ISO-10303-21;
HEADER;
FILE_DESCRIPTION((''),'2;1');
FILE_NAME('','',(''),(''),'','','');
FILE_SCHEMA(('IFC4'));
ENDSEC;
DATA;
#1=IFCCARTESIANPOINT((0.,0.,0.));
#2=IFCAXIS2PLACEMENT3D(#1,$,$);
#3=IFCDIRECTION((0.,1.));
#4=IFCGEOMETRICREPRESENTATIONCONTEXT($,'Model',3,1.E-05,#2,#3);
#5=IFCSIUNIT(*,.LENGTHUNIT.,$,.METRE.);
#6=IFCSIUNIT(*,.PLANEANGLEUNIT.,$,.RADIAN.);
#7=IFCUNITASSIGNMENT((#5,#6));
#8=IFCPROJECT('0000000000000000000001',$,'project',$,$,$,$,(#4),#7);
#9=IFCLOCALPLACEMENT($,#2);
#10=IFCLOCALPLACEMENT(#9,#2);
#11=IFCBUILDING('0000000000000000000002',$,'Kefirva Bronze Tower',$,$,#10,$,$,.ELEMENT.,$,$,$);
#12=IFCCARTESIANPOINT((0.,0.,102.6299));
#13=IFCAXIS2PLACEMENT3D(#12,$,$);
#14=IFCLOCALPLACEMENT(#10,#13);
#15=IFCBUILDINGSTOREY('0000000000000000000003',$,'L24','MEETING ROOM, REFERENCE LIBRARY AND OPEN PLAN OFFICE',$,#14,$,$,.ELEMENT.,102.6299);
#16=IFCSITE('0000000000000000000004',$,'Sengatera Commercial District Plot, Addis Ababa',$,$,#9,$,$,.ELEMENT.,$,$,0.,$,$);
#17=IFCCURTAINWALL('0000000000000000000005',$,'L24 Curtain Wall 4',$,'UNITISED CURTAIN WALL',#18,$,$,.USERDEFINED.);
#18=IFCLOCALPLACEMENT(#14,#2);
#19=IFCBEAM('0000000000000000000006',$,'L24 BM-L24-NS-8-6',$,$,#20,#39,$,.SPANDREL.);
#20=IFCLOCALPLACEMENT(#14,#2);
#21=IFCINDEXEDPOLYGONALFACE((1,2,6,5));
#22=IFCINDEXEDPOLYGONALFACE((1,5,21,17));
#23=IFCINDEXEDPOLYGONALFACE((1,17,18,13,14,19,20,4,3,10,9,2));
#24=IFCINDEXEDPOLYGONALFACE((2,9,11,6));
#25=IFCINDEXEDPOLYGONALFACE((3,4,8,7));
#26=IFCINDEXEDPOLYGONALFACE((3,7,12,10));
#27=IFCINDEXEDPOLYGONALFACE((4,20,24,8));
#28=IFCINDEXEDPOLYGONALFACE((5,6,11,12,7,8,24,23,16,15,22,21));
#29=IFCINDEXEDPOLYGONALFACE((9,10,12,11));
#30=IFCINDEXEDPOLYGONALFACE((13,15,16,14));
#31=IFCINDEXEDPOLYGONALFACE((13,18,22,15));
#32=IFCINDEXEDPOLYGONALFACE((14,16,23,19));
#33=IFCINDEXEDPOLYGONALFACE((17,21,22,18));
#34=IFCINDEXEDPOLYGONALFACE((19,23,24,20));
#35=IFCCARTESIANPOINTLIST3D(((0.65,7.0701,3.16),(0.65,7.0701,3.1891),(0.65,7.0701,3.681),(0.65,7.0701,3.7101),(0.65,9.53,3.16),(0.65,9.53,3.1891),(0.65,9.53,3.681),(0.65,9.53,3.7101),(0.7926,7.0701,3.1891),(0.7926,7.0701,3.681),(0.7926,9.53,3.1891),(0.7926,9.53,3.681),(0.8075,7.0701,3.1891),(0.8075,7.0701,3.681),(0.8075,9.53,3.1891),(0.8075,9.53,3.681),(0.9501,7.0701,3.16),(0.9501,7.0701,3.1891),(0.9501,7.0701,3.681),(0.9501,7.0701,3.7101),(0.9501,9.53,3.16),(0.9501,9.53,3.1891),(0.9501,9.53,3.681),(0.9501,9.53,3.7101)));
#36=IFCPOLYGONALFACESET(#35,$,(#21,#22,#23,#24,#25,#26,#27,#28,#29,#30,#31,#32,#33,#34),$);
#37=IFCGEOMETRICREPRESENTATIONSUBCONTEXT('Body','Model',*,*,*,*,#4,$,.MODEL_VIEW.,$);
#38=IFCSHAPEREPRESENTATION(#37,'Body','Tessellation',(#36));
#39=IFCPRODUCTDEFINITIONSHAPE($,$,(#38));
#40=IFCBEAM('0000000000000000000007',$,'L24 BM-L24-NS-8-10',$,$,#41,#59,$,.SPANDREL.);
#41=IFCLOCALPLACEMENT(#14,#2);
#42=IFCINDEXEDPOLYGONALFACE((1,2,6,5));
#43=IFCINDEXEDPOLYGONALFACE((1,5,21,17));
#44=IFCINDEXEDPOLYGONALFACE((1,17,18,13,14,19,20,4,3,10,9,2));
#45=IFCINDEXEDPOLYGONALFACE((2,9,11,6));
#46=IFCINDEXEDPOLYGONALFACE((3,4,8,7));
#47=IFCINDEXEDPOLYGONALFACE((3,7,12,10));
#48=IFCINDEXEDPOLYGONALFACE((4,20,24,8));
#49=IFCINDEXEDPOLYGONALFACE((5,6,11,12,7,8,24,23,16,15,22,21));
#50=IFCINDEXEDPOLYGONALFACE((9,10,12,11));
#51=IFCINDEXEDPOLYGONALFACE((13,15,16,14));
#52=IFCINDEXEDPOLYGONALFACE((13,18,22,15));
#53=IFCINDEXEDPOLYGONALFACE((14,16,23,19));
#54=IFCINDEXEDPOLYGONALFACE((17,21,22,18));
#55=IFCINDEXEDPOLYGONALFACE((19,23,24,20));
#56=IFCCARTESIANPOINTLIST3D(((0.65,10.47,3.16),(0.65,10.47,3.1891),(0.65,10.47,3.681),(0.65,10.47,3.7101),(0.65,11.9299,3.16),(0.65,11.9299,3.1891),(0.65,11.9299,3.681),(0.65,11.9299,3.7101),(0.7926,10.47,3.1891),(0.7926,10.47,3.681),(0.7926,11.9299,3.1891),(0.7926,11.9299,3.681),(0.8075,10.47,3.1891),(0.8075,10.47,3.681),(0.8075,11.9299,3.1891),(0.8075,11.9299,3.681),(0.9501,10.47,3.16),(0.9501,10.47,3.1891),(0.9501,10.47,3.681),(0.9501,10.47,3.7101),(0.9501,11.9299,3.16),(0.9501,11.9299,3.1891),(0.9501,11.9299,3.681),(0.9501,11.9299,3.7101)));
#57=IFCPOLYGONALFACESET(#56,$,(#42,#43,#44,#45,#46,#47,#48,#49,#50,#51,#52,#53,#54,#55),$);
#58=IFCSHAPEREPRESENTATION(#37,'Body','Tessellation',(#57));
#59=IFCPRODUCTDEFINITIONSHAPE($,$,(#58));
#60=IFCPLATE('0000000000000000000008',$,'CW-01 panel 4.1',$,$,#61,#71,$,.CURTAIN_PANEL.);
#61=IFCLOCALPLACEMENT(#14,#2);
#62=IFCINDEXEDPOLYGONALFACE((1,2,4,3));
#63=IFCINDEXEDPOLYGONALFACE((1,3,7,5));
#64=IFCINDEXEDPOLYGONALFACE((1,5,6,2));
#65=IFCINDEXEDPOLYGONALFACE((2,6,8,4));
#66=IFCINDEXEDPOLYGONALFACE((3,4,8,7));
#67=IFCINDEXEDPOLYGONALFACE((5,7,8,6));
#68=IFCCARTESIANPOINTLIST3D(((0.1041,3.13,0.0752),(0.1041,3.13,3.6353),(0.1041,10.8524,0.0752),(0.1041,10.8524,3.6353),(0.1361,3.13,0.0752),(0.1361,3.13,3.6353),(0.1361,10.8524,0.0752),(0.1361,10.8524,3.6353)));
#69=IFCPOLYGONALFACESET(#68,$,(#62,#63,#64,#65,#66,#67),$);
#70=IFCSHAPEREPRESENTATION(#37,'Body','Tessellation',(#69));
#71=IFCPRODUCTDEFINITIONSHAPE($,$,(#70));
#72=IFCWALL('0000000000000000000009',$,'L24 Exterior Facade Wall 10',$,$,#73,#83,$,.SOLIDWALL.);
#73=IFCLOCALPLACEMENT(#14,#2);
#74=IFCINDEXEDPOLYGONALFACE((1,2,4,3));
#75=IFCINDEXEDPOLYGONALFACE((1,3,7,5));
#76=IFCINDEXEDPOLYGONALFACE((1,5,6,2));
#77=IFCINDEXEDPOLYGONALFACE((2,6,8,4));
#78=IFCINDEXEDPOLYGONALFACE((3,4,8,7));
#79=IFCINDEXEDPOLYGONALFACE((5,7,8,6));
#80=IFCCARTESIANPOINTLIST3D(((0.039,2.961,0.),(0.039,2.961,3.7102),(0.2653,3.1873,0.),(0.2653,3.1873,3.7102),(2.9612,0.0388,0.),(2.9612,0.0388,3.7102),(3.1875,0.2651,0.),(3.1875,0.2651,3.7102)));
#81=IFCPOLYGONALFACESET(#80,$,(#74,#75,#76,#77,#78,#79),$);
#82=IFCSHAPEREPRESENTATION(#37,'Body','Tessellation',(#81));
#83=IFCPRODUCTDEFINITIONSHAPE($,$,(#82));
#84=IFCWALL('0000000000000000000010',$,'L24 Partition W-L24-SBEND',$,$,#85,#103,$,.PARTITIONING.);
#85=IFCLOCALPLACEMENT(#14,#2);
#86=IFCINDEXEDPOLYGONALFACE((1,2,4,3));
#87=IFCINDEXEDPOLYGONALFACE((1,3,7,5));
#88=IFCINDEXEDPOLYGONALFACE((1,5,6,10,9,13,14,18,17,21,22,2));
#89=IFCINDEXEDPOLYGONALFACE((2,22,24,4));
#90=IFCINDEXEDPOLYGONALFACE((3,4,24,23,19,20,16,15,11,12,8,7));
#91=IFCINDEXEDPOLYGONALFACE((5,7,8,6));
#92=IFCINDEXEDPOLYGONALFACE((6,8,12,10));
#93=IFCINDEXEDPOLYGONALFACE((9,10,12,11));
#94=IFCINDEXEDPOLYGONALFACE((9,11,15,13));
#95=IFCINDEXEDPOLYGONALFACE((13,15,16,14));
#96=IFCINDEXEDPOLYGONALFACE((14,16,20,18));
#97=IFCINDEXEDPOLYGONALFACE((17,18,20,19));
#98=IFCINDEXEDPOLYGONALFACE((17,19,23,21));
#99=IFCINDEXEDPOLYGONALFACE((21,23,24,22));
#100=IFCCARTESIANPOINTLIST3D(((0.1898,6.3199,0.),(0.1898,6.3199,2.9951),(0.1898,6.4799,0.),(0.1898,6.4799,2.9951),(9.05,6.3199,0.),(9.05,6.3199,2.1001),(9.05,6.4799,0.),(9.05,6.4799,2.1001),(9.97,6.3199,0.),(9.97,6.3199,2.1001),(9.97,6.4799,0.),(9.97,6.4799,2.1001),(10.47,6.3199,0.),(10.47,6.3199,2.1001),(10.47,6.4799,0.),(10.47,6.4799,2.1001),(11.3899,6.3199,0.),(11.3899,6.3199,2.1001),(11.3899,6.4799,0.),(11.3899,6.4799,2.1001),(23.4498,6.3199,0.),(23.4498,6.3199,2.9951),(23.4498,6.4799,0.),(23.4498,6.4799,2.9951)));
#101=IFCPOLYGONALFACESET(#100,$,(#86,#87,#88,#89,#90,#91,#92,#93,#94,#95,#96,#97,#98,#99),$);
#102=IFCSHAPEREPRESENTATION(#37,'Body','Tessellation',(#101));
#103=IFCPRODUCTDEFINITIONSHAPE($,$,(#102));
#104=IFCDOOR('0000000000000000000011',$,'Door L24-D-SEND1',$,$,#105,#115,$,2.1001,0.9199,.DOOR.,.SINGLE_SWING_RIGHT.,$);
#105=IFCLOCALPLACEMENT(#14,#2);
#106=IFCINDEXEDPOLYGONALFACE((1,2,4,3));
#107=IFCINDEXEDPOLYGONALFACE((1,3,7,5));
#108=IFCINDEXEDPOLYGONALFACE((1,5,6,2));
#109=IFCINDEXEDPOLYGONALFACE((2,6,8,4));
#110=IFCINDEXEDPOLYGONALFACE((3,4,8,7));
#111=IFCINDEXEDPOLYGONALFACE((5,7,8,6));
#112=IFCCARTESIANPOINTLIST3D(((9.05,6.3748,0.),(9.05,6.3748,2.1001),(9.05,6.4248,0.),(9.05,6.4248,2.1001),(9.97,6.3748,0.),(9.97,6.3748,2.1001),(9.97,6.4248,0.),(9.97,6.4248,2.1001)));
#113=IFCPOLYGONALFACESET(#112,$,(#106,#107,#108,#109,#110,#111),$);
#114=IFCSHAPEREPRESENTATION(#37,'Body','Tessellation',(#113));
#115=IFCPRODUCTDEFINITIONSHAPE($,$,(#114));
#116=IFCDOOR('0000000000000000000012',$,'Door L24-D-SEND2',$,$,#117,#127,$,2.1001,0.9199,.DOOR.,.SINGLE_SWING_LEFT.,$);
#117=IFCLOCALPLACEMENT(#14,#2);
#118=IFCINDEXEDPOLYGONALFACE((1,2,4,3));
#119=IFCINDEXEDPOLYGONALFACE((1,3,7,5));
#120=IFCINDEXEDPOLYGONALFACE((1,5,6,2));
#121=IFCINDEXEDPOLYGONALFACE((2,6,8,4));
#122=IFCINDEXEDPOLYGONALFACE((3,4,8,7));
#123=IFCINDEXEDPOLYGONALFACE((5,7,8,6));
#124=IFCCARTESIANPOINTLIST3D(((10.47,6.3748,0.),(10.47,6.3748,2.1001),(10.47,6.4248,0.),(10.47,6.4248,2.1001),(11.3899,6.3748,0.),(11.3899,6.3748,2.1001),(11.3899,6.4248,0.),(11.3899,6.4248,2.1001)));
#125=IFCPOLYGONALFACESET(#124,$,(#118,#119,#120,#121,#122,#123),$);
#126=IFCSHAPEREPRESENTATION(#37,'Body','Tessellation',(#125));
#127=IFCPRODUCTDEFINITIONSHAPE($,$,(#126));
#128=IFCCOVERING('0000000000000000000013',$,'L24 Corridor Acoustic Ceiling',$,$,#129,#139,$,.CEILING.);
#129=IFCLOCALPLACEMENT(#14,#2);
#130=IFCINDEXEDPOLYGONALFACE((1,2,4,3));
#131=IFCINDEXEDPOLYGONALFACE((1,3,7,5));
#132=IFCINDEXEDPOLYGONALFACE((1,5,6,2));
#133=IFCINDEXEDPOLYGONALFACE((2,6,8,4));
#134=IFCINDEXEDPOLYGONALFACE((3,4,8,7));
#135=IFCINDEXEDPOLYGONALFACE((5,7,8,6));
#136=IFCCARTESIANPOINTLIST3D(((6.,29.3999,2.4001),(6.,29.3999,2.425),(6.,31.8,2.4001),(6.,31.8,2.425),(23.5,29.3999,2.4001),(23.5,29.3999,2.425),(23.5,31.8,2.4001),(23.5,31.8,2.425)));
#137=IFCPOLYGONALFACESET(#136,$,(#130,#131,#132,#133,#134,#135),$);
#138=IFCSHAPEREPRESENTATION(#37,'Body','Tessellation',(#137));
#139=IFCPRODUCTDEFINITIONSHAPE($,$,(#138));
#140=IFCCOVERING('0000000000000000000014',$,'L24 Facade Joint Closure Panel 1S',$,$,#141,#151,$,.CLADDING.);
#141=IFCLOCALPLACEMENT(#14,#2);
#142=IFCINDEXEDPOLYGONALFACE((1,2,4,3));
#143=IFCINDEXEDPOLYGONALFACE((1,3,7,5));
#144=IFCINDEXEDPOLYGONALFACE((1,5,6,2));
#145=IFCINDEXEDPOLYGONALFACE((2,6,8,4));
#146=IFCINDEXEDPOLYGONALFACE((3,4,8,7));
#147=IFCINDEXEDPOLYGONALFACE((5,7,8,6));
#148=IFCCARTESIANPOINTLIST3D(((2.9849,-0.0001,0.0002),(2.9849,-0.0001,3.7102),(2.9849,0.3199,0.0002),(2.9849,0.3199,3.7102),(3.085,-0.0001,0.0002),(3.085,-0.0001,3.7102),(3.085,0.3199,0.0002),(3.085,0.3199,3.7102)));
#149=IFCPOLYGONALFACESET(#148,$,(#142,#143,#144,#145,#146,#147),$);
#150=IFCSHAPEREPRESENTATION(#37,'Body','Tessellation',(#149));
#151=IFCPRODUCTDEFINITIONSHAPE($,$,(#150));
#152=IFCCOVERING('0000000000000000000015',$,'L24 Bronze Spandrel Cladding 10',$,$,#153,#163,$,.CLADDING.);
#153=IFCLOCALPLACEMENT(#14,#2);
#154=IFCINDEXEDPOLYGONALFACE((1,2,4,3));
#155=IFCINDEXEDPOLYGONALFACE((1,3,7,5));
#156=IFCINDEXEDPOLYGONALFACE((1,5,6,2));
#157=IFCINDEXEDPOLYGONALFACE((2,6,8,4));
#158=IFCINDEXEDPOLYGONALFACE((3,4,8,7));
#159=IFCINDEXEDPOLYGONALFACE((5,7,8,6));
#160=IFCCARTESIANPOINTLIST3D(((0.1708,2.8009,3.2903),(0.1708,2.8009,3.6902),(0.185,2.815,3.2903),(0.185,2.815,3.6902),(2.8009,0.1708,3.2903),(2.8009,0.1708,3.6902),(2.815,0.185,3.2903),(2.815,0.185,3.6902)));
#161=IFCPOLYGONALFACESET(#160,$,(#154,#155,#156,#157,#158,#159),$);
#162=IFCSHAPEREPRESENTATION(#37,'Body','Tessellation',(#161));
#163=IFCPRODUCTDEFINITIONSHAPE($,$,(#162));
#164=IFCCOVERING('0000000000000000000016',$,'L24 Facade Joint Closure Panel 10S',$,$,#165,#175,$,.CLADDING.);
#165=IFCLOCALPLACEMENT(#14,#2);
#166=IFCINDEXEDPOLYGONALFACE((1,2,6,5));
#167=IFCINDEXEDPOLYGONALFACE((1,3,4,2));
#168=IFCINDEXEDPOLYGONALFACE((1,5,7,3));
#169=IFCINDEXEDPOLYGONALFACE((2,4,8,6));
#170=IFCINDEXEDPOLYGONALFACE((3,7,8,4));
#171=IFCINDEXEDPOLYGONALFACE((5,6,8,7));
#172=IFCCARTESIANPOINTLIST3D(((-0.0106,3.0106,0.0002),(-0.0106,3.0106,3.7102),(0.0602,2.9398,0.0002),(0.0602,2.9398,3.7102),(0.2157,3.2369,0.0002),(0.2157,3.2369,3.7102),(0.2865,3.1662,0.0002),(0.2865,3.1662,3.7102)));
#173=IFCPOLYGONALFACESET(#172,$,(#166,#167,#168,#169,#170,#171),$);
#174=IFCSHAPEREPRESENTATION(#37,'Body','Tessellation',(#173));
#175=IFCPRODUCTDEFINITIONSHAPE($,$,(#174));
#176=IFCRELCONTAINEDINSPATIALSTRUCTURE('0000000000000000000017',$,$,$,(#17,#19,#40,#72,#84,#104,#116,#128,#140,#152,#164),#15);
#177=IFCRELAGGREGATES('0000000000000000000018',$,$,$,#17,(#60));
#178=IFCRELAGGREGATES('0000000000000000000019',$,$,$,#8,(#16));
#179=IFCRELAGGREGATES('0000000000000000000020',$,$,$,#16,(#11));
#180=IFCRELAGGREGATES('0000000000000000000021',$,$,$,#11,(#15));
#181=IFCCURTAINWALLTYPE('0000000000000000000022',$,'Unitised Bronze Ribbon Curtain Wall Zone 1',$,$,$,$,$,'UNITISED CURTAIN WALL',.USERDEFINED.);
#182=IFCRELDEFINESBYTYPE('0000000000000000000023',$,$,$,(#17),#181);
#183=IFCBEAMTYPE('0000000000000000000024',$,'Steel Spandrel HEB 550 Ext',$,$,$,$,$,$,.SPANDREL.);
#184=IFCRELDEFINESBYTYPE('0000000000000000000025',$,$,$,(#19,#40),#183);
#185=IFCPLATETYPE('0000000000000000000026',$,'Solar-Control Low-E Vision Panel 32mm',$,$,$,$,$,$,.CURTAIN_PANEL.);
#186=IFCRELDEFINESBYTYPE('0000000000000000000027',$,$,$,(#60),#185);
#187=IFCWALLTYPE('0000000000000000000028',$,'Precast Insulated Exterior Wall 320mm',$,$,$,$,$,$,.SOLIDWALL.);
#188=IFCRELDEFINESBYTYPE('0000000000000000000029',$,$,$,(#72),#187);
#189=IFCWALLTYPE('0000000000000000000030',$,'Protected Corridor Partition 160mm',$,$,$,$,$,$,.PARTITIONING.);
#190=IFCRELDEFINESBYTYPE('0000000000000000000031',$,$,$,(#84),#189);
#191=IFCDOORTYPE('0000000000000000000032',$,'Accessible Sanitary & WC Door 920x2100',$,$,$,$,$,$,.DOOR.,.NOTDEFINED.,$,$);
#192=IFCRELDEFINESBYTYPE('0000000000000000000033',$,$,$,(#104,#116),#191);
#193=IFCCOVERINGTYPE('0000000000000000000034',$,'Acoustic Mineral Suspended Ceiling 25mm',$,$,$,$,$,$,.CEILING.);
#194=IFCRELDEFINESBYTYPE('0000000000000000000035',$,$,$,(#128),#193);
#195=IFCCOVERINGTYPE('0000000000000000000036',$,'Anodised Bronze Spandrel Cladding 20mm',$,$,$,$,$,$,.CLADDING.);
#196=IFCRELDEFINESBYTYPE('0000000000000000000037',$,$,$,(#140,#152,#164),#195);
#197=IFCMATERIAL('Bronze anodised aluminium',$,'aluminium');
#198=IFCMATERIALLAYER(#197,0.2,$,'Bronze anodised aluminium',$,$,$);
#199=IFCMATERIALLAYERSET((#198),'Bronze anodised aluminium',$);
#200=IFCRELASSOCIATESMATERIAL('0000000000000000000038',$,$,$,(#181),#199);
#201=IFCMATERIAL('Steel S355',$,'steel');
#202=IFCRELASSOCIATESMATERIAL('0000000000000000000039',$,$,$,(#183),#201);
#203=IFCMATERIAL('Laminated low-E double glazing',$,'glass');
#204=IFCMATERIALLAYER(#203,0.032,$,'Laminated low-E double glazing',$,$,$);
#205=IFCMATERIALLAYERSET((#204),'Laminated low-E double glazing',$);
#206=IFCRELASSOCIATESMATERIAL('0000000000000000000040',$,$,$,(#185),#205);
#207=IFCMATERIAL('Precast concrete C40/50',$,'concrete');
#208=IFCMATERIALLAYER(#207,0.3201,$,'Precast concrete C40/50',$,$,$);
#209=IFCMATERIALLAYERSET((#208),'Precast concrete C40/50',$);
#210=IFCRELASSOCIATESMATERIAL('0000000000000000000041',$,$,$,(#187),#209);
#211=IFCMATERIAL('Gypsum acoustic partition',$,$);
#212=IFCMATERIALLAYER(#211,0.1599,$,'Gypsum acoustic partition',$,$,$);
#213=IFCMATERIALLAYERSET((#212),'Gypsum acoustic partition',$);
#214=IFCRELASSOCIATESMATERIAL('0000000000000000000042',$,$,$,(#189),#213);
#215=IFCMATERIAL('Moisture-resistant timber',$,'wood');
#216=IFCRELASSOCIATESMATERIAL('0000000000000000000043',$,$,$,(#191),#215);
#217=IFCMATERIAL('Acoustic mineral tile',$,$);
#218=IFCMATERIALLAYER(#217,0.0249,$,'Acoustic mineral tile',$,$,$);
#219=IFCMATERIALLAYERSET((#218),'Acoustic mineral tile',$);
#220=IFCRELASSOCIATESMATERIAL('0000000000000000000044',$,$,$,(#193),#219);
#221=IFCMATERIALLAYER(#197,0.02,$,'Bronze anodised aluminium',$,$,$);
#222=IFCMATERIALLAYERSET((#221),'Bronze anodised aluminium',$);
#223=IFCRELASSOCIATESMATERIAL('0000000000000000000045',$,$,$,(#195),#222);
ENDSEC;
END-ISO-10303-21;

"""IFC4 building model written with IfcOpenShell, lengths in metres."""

from ifc_helpers import new_model, si_unit, direction, frame, frame_2d, origin, origin_2d, place, context, subcontext, project, spatial, polyline, rectangle, i_section, outline, extrude, material, layer, layer_set, material_profile, profile_set, type_object, element, fill, aggregate, save


model = new_model("IFC4")

# Units and contexts
model_context = context("Model", 3, precision=1e-05, world=origin(), true_north=direction((0.0, 1.0)))
body_context = subcontext(model_context, "Body", "Model", "MODEL_VIEW")
ifc_project = project(units=[si_unit("LENGTHUNIT", "METRE"), si_unit("PLANEANGLEUNIT", "RADIAN")], contexts=[model_context])

# Site, building, storey
site_placement = place(None, origin())
site = spatial("IfcSite", under=ifc_project, at=site_placement, Name="Sengatera Commercial District Plot, Addis Ababa", CompositionType="ELEMENT", RefElevation=0.0)
building_placement = place(site_placement, origin())
building = spatial("IfcBuilding", under=site, at=building_placement, Name="Kefirva Bronze Tower", CompositionType="ELEMENT")
storey_placement = place(building_placement, frame((0.0, 0.0, 102.6299)))
storey = spatial("IfcBuildingStorey", under=building, at=storey_placement, Name="L24", Description="MEETING ROOM, REFERENCE LIBRARY AND OPEN PLAN OFFICE", CompositionType="ELEMENT", Elevation=102.6299)

# Curtain wall
ifc_material_1 = material(Name="Bronze anodised aluminium", Category="aluminium")
ifc_layer_1 = layer(ifc_material_1, 0.2, Name="Bronze anodised aluminium")
ifc_layer_set_1 = layer_set([ifc_layer_1], Name="Bronze anodised aluminium")
curtain_wall_type = type_object("IfcCurtainWallType", Name="Unitised Bronze Ribbon Curtain Wall Zone 1", ElementType="UNITISED CURTAIN WALL", PredefinedType="USERDEFINED", material=ifc_layer_set_1)
curtain_wall_placement = place(storey_placement, origin())
curtain_wall = element("IfcCurtainWall", 1, at=curtain_wall_placement, inside=storey, type_object=curtain_wall_type, Name="L24 Curtain Wall 4", ObjectType="UNITISED CURTAIN WALL", PredefinedType="USERDEFINED")

# Beams
ifc_material_2 = material(Name="Steel S355", Category="steel")
ifc_material_profile_1 = material_profile(ifc_material_2, i_section(OverallWidth=0.3, OverallDepth=0.55, WebThickness=0.0149, FlangeThickness=0.0291, at=origin_2d()), Name="HEB 550")
ifc_profile_set_1 = profile_set([ifc_material_profile_1], Name="Steel S355")
beam_type_1 = type_object("IfcBeamType", Name="Steel Spandrel HEB 550 Ext", PredefinedType="SPANDREL", material=ifc_profile_set_1)
beam_1_placement = place(storey_placement, frame((0.8, 7.0701, 3.4351), z_axis=(0.0, 1.0, 0.0), x_axis=(-1.0, 0.0, 0.0)))
element("IfcBeam", 2, at=beam_1_placement, inside=storey, type_object=beam_type_1, Name="L24 BM-L24-NS-8-6", PredefinedType="SPANDREL", context=body_context, shape_type="SweptSolid", body=[
    extrude(i_section(OverallWidth=0.3, OverallDepth=0.55, WebThickness=0.0149, FlangeThickness=0.0291, at=origin_2d()), origin(), (0.0, 0.0, 1.0), 2.46),
])
beam_2_placement = place(storey_placement, frame((0.8, 10.47, 3.4351), z_axis=(0.0, 1.0, 0.0), x_axis=(-1.0, 0.0, 0.0)))
element("IfcBeam", 3, at=beam_2_placement, inside=storey, type_object=beam_type_1, Name="L24 BM-L24-NS-8-10", PredefinedType="SPANDREL", context=body_context, shape_type="SweptSolid", body=[
    extrude(i_section(OverallWidth=0.3, OverallDepth=0.55, WebThickness=0.0149, FlangeThickness=0.0291, at=origin_2d()), origin(), (0.0, 0.0, 1.0), 1.46),
])

# Plate
ifc_material_3 = material(Name="Laminated low-E double glazing", Category="glass")
ifc_layer_2 = layer(ifc_material_3, 0.032, Name="Laminated low-E double glazing")
ifc_layer_set_2 = layer_set([ifc_layer_2], Name="Laminated low-E double glazing")
plate_type = type_object("IfcPlateType", Name="Solar-Control Low-E Vision Panel 32mm", PredefinedType="CURTAIN_PANEL", material=ifc_layer_set_2)
plate_placement = place(storey_placement, frame((0.1201, 6.9912, 0.0752), z_axis=(0.0, 0.0, 1.0), x_axis=(0.0, -1.0, 0.0)))
plate = element("IfcPlate", 4, at=plate_placement, type_object=plate_type, Name="CW-01 panel 4.1", PredefinedType="CURTAIN_PANEL", context=body_context, shape_type="SweptSolid", body=[
    extrude(rectangle(XDim=7.7224, YDim=0.032, at=origin_2d()), origin(), (0.0, 0.0, 1.0), 3.5601),
])
aggregate(curtain_wall, [plate])

# Wall
ifc_material_4 = material(Name="Precast concrete C40/50", Category="concrete")
ifc_layer_3 = layer(ifc_material_4, 0.3201, Name="Precast concrete C40/50")
ifc_layer_set_3 = layer_set([ifc_layer_3], Name="Precast concrete C40/50")
wall_type_1 = type_object("IfcWallType", Name="Precast Insulated Exterior Wall 320mm", PredefinedType="SOLIDWALL", material=ifc_layer_set_3)
wall_1_placement = place(storey_placement, frame((0.1521, 3.0742, 0.0), z_axis=(0.0, 0.0, 1.0), x_axis=(0.707107, -0.707107, 0.0)))
element("IfcWall", 5, at=wall_1_placement, inside=storey, type_object=wall_type_1, Name="L24 Exterior Facade Wall 10", PredefinedType="SOLIDWALL", context=body_context, shape_type="SweptSolid", body=[
    extrude(rectangle(XDim=4.1326, YDim=0.3201, at=frame_2d((2.0664, 0.0))), origin(), (0.0, 0.0, 1.0), 3.7102),
])

# Wall, openings, doors
ifc_material_5 = material(Name="Gypsum acoustic partition")
ifc_layer_4 = layer(ifc_material_5, 0.1599, Name="Gypsum acoustic partition")
ifc_layer_set_4 = layer_set([ifc_layer_4], Name="Gypsum acoustic partition")
wall_type_2 = type_object("IfcWallType", Name="Protected Corridor Partition 160mm", PredefinedType="PARTITIONING", material=ifc_layer_set_4)
wall_2_placement = place(storey_placement, frame((0.1899, 6.3999, 0.0), z_axis=(0.0, 0.0, 1.0), x_axis=(1.0, 0.0, 0.0)))
wall_2 = element("IfcWall", 6, at=wall_2_placement, inside=storey, type_object=wall_type_2, Name="L24 Partition W-L24-SBEND", PredefinedType="PARTITIONING", context=body_context, shape_type="SweptSolid", body=[
    extrude(rectangle(XDim=23.26, YDim=0.1599, at=frame_2d((11.6299, 0.0))), origin(), (0.0, 0.0, 1.0), 2.9951),
])
opening_1_placement = place(wall_2_placement, frame((8.8601, 0.0, 0.0)))
opening_1 = element("IfcOpeningElement", 7, at=opening_1_placement, cuts=wall_2, PredefinedType="OPENING", context=body_context, shape_type="SweptSolid", body=[
    extrude(rectangle(XDim=0.9199, YDim=2.1001, at=frame_2d((0.46, 1.05))), frame((0.0, 0.0898, 0.0), z_axis=(0.0, -1.0, 0.0), x_axis=(1.0, 0.0, 0.0)), (0.0, 0.0, 1.0), 0.1799),
])
opening_2_placement = place(wall_2_placement, frame((10.28, 0.0, 0.0)))
opening_2 = element("IfcOpeningElement", 8, at=opening_2_placement, cuts=wall_2, PredefinedType="OPENING", context=body_context, shape_type="SweptSolid", body=[
    extrude(rectangle(XDim=0.9199, YDim=2.1001, at=frame_2d((0.46, 1.05))), frame((0.0, 0.0898, 0.0), z_axis=(0.0, -1.0, 0.0), x_axis=(1.0, 0.0, 0.0)), (0.0, 0.0, 1.0), 0.1799),
])
ifc_material_6 = material(Name="Moisture-resistant timber", Category="wood")
door_type = type_object("IfcDoorType", Name="Accessible Sanitary & WC Door 920x2100", OperationType="NOTDEFINED", PredefinedType="DOOR", material=ifc_material_6)
door_1_placement = place(opening_1_placement, origin())
door_1 = element("IfcDoor", 9, at=door_1_placement, inside=storey, type_object=door_type, Name="Door L24-D-SEND1", OperationType="SINGLE_SWING_RIGHT", OverallHeight=2.1001, OverallWidth=0.9199, PredefinedType="DOOR", context=body_context, shape_type="SweptSolid", body=[
    extrude(rectangle(XDim=0.9199, YDim=2.1001, at=frame_2d((0.46, 1.05))), frame((0.0, 0.0249, 0.0), z_axis=(0.0, -1.0, 0.0), x_axis=(1.0, 0.0, 0.0)), (0.0, 0.0, 1.0), 0.05),
])
fill(opening_1, door_1)
door_2_placement = place(opening_2_placement, origin())
door_2 = element("IfcDoor", 10, at=door_2_placement, inside=storey, type_object=door_type, Name="Door L24-D-SEND2", OperationType="SINGLE_SWING_LEFT", OverallHeight=2.1001, OverallWidth=0.9199, PredefinedType="DOOR", context=body_context, shape_type="SweptSolid", body=[
    extrude(rectangle(XDim=0.9199, YDim=2.1001, at=frame_2d((0.46, 1.05))), frame((0.0, 0.0249, 0.0), z_axis=(0.0, -1.0, 0.0), x_axis=(1.0, 0.0, 0.0)), (0.0, 0.0, 1.0), 0.05),
])
fill(opening_2, door_2)

# Coverings
ifc_material_7 = material(Name="Acoustic mineral tile")
ifc_layer_5 = layer(ifc_material_7, 0.0249, Name="Acoustic mineral tile")
ifc_layer_set_5 = layer_set([ifc_layer_5], Name="Acoustic mineral tile")
covering_type_1 = type_object("IfcCoveringType", Name="Acoustic Mineral Suspended Ceiling 25mm", PredefinedType="CEILING", material=ifc_layer_set_5)
covering_1_placement = place(storey_placement, frame((0.0, 0.0, 2.4001)))
element("IfcCovering", 11, at=covering_1_placement, inside=storey, type_object=covering_type_1, Name="L24 Corridor Acoustic Ceiling", PredefinedType="CEILING", context=body_context, shape_type="SweptSolid", body=[
    extrude(outline(polyline([(6.0, 29.3999), (23.5, 29.3999), (23.5, 31.8), (6.0, 31.8), (6.0, 29.3999)])), origin(), (0.0, 0.0, 1.0), 0.0249),
])
ifc_layer_6 = layer(ifc_material_1, 0.02, Name="Bronze anodised aluminium")
ifc_layer_set_6 = layer_set([ifc_layer_6], Name="Bronze anodised aluminium")
covering_type_2 = type_object("IfcCoveringType", Name="Anodised Bronze Spandrel Cladding 20mm", PredefinedType="CLADDING", material=ifc_layer_set_6)
covering_2_placement = place(storey_placement, frame((3.0349, 0.1599, 0.0002), z_axis=(0.0, 0.0, 1.0), x_axis=(1.0, 0.0, 0.0)))
element("IfcCovering", 12, at=covering_2_placement, inside=storey, type_object=covering_type_2, Name="L24 Facade Joint Closure Panel 1S", PredefinedType="CLADDING", context=body_context, shape_type="SweptSolid", body=[
    extrude(rectangle(XDim=0.1001, YDim=0.3201, at=origin_2d()), origin(), (0.0, 0.0, 1.0), 3.71),
])
covering_3_placement = place(storey_placement, frame((1.4929, 1.4929, 3.2903), z_axis=(0.0, 0.0, 1.0), x_axis=(0.707107, -0.707107, 0.0)))
element("IfcCovering", 13, at=covering_3_placement, inside=storey, type_object=covering_type_2, Name="L24 Bronze Spandrel Cladding 10", PredefinedType="CLADDING", context=body_context, shape_type="SweptSolid", body=[
    extrude(rectangle(XDim=3.7195, YDim=0.02, at=origin_2d()), origin(), (0.0, 0.0, 1.0), 0.3999),
])
covering_4_placement = place(storey_placement, frame((0.1379, 3.0884, 0.0002), z_axis=(0.0, 0.0, 1.0), x_axis=(0.707107, -0.707107, 0.0)))
element("IfcCovering", 14, at=covering_4_placement, inside=storey, type_object=covering_type_2, Name="L24 Facade Joint Closure Panel 10S", PredefinedType="CLADDING", context=body_context, shape_type="SweptSolid", body=[
    extrude(rectangle(XDim=0.1001, YDim=0.3201, at=origin_2d()), origin(), (0.0, 0.0, 1.0), 3.71),
])

save(model, "model.ifc")
